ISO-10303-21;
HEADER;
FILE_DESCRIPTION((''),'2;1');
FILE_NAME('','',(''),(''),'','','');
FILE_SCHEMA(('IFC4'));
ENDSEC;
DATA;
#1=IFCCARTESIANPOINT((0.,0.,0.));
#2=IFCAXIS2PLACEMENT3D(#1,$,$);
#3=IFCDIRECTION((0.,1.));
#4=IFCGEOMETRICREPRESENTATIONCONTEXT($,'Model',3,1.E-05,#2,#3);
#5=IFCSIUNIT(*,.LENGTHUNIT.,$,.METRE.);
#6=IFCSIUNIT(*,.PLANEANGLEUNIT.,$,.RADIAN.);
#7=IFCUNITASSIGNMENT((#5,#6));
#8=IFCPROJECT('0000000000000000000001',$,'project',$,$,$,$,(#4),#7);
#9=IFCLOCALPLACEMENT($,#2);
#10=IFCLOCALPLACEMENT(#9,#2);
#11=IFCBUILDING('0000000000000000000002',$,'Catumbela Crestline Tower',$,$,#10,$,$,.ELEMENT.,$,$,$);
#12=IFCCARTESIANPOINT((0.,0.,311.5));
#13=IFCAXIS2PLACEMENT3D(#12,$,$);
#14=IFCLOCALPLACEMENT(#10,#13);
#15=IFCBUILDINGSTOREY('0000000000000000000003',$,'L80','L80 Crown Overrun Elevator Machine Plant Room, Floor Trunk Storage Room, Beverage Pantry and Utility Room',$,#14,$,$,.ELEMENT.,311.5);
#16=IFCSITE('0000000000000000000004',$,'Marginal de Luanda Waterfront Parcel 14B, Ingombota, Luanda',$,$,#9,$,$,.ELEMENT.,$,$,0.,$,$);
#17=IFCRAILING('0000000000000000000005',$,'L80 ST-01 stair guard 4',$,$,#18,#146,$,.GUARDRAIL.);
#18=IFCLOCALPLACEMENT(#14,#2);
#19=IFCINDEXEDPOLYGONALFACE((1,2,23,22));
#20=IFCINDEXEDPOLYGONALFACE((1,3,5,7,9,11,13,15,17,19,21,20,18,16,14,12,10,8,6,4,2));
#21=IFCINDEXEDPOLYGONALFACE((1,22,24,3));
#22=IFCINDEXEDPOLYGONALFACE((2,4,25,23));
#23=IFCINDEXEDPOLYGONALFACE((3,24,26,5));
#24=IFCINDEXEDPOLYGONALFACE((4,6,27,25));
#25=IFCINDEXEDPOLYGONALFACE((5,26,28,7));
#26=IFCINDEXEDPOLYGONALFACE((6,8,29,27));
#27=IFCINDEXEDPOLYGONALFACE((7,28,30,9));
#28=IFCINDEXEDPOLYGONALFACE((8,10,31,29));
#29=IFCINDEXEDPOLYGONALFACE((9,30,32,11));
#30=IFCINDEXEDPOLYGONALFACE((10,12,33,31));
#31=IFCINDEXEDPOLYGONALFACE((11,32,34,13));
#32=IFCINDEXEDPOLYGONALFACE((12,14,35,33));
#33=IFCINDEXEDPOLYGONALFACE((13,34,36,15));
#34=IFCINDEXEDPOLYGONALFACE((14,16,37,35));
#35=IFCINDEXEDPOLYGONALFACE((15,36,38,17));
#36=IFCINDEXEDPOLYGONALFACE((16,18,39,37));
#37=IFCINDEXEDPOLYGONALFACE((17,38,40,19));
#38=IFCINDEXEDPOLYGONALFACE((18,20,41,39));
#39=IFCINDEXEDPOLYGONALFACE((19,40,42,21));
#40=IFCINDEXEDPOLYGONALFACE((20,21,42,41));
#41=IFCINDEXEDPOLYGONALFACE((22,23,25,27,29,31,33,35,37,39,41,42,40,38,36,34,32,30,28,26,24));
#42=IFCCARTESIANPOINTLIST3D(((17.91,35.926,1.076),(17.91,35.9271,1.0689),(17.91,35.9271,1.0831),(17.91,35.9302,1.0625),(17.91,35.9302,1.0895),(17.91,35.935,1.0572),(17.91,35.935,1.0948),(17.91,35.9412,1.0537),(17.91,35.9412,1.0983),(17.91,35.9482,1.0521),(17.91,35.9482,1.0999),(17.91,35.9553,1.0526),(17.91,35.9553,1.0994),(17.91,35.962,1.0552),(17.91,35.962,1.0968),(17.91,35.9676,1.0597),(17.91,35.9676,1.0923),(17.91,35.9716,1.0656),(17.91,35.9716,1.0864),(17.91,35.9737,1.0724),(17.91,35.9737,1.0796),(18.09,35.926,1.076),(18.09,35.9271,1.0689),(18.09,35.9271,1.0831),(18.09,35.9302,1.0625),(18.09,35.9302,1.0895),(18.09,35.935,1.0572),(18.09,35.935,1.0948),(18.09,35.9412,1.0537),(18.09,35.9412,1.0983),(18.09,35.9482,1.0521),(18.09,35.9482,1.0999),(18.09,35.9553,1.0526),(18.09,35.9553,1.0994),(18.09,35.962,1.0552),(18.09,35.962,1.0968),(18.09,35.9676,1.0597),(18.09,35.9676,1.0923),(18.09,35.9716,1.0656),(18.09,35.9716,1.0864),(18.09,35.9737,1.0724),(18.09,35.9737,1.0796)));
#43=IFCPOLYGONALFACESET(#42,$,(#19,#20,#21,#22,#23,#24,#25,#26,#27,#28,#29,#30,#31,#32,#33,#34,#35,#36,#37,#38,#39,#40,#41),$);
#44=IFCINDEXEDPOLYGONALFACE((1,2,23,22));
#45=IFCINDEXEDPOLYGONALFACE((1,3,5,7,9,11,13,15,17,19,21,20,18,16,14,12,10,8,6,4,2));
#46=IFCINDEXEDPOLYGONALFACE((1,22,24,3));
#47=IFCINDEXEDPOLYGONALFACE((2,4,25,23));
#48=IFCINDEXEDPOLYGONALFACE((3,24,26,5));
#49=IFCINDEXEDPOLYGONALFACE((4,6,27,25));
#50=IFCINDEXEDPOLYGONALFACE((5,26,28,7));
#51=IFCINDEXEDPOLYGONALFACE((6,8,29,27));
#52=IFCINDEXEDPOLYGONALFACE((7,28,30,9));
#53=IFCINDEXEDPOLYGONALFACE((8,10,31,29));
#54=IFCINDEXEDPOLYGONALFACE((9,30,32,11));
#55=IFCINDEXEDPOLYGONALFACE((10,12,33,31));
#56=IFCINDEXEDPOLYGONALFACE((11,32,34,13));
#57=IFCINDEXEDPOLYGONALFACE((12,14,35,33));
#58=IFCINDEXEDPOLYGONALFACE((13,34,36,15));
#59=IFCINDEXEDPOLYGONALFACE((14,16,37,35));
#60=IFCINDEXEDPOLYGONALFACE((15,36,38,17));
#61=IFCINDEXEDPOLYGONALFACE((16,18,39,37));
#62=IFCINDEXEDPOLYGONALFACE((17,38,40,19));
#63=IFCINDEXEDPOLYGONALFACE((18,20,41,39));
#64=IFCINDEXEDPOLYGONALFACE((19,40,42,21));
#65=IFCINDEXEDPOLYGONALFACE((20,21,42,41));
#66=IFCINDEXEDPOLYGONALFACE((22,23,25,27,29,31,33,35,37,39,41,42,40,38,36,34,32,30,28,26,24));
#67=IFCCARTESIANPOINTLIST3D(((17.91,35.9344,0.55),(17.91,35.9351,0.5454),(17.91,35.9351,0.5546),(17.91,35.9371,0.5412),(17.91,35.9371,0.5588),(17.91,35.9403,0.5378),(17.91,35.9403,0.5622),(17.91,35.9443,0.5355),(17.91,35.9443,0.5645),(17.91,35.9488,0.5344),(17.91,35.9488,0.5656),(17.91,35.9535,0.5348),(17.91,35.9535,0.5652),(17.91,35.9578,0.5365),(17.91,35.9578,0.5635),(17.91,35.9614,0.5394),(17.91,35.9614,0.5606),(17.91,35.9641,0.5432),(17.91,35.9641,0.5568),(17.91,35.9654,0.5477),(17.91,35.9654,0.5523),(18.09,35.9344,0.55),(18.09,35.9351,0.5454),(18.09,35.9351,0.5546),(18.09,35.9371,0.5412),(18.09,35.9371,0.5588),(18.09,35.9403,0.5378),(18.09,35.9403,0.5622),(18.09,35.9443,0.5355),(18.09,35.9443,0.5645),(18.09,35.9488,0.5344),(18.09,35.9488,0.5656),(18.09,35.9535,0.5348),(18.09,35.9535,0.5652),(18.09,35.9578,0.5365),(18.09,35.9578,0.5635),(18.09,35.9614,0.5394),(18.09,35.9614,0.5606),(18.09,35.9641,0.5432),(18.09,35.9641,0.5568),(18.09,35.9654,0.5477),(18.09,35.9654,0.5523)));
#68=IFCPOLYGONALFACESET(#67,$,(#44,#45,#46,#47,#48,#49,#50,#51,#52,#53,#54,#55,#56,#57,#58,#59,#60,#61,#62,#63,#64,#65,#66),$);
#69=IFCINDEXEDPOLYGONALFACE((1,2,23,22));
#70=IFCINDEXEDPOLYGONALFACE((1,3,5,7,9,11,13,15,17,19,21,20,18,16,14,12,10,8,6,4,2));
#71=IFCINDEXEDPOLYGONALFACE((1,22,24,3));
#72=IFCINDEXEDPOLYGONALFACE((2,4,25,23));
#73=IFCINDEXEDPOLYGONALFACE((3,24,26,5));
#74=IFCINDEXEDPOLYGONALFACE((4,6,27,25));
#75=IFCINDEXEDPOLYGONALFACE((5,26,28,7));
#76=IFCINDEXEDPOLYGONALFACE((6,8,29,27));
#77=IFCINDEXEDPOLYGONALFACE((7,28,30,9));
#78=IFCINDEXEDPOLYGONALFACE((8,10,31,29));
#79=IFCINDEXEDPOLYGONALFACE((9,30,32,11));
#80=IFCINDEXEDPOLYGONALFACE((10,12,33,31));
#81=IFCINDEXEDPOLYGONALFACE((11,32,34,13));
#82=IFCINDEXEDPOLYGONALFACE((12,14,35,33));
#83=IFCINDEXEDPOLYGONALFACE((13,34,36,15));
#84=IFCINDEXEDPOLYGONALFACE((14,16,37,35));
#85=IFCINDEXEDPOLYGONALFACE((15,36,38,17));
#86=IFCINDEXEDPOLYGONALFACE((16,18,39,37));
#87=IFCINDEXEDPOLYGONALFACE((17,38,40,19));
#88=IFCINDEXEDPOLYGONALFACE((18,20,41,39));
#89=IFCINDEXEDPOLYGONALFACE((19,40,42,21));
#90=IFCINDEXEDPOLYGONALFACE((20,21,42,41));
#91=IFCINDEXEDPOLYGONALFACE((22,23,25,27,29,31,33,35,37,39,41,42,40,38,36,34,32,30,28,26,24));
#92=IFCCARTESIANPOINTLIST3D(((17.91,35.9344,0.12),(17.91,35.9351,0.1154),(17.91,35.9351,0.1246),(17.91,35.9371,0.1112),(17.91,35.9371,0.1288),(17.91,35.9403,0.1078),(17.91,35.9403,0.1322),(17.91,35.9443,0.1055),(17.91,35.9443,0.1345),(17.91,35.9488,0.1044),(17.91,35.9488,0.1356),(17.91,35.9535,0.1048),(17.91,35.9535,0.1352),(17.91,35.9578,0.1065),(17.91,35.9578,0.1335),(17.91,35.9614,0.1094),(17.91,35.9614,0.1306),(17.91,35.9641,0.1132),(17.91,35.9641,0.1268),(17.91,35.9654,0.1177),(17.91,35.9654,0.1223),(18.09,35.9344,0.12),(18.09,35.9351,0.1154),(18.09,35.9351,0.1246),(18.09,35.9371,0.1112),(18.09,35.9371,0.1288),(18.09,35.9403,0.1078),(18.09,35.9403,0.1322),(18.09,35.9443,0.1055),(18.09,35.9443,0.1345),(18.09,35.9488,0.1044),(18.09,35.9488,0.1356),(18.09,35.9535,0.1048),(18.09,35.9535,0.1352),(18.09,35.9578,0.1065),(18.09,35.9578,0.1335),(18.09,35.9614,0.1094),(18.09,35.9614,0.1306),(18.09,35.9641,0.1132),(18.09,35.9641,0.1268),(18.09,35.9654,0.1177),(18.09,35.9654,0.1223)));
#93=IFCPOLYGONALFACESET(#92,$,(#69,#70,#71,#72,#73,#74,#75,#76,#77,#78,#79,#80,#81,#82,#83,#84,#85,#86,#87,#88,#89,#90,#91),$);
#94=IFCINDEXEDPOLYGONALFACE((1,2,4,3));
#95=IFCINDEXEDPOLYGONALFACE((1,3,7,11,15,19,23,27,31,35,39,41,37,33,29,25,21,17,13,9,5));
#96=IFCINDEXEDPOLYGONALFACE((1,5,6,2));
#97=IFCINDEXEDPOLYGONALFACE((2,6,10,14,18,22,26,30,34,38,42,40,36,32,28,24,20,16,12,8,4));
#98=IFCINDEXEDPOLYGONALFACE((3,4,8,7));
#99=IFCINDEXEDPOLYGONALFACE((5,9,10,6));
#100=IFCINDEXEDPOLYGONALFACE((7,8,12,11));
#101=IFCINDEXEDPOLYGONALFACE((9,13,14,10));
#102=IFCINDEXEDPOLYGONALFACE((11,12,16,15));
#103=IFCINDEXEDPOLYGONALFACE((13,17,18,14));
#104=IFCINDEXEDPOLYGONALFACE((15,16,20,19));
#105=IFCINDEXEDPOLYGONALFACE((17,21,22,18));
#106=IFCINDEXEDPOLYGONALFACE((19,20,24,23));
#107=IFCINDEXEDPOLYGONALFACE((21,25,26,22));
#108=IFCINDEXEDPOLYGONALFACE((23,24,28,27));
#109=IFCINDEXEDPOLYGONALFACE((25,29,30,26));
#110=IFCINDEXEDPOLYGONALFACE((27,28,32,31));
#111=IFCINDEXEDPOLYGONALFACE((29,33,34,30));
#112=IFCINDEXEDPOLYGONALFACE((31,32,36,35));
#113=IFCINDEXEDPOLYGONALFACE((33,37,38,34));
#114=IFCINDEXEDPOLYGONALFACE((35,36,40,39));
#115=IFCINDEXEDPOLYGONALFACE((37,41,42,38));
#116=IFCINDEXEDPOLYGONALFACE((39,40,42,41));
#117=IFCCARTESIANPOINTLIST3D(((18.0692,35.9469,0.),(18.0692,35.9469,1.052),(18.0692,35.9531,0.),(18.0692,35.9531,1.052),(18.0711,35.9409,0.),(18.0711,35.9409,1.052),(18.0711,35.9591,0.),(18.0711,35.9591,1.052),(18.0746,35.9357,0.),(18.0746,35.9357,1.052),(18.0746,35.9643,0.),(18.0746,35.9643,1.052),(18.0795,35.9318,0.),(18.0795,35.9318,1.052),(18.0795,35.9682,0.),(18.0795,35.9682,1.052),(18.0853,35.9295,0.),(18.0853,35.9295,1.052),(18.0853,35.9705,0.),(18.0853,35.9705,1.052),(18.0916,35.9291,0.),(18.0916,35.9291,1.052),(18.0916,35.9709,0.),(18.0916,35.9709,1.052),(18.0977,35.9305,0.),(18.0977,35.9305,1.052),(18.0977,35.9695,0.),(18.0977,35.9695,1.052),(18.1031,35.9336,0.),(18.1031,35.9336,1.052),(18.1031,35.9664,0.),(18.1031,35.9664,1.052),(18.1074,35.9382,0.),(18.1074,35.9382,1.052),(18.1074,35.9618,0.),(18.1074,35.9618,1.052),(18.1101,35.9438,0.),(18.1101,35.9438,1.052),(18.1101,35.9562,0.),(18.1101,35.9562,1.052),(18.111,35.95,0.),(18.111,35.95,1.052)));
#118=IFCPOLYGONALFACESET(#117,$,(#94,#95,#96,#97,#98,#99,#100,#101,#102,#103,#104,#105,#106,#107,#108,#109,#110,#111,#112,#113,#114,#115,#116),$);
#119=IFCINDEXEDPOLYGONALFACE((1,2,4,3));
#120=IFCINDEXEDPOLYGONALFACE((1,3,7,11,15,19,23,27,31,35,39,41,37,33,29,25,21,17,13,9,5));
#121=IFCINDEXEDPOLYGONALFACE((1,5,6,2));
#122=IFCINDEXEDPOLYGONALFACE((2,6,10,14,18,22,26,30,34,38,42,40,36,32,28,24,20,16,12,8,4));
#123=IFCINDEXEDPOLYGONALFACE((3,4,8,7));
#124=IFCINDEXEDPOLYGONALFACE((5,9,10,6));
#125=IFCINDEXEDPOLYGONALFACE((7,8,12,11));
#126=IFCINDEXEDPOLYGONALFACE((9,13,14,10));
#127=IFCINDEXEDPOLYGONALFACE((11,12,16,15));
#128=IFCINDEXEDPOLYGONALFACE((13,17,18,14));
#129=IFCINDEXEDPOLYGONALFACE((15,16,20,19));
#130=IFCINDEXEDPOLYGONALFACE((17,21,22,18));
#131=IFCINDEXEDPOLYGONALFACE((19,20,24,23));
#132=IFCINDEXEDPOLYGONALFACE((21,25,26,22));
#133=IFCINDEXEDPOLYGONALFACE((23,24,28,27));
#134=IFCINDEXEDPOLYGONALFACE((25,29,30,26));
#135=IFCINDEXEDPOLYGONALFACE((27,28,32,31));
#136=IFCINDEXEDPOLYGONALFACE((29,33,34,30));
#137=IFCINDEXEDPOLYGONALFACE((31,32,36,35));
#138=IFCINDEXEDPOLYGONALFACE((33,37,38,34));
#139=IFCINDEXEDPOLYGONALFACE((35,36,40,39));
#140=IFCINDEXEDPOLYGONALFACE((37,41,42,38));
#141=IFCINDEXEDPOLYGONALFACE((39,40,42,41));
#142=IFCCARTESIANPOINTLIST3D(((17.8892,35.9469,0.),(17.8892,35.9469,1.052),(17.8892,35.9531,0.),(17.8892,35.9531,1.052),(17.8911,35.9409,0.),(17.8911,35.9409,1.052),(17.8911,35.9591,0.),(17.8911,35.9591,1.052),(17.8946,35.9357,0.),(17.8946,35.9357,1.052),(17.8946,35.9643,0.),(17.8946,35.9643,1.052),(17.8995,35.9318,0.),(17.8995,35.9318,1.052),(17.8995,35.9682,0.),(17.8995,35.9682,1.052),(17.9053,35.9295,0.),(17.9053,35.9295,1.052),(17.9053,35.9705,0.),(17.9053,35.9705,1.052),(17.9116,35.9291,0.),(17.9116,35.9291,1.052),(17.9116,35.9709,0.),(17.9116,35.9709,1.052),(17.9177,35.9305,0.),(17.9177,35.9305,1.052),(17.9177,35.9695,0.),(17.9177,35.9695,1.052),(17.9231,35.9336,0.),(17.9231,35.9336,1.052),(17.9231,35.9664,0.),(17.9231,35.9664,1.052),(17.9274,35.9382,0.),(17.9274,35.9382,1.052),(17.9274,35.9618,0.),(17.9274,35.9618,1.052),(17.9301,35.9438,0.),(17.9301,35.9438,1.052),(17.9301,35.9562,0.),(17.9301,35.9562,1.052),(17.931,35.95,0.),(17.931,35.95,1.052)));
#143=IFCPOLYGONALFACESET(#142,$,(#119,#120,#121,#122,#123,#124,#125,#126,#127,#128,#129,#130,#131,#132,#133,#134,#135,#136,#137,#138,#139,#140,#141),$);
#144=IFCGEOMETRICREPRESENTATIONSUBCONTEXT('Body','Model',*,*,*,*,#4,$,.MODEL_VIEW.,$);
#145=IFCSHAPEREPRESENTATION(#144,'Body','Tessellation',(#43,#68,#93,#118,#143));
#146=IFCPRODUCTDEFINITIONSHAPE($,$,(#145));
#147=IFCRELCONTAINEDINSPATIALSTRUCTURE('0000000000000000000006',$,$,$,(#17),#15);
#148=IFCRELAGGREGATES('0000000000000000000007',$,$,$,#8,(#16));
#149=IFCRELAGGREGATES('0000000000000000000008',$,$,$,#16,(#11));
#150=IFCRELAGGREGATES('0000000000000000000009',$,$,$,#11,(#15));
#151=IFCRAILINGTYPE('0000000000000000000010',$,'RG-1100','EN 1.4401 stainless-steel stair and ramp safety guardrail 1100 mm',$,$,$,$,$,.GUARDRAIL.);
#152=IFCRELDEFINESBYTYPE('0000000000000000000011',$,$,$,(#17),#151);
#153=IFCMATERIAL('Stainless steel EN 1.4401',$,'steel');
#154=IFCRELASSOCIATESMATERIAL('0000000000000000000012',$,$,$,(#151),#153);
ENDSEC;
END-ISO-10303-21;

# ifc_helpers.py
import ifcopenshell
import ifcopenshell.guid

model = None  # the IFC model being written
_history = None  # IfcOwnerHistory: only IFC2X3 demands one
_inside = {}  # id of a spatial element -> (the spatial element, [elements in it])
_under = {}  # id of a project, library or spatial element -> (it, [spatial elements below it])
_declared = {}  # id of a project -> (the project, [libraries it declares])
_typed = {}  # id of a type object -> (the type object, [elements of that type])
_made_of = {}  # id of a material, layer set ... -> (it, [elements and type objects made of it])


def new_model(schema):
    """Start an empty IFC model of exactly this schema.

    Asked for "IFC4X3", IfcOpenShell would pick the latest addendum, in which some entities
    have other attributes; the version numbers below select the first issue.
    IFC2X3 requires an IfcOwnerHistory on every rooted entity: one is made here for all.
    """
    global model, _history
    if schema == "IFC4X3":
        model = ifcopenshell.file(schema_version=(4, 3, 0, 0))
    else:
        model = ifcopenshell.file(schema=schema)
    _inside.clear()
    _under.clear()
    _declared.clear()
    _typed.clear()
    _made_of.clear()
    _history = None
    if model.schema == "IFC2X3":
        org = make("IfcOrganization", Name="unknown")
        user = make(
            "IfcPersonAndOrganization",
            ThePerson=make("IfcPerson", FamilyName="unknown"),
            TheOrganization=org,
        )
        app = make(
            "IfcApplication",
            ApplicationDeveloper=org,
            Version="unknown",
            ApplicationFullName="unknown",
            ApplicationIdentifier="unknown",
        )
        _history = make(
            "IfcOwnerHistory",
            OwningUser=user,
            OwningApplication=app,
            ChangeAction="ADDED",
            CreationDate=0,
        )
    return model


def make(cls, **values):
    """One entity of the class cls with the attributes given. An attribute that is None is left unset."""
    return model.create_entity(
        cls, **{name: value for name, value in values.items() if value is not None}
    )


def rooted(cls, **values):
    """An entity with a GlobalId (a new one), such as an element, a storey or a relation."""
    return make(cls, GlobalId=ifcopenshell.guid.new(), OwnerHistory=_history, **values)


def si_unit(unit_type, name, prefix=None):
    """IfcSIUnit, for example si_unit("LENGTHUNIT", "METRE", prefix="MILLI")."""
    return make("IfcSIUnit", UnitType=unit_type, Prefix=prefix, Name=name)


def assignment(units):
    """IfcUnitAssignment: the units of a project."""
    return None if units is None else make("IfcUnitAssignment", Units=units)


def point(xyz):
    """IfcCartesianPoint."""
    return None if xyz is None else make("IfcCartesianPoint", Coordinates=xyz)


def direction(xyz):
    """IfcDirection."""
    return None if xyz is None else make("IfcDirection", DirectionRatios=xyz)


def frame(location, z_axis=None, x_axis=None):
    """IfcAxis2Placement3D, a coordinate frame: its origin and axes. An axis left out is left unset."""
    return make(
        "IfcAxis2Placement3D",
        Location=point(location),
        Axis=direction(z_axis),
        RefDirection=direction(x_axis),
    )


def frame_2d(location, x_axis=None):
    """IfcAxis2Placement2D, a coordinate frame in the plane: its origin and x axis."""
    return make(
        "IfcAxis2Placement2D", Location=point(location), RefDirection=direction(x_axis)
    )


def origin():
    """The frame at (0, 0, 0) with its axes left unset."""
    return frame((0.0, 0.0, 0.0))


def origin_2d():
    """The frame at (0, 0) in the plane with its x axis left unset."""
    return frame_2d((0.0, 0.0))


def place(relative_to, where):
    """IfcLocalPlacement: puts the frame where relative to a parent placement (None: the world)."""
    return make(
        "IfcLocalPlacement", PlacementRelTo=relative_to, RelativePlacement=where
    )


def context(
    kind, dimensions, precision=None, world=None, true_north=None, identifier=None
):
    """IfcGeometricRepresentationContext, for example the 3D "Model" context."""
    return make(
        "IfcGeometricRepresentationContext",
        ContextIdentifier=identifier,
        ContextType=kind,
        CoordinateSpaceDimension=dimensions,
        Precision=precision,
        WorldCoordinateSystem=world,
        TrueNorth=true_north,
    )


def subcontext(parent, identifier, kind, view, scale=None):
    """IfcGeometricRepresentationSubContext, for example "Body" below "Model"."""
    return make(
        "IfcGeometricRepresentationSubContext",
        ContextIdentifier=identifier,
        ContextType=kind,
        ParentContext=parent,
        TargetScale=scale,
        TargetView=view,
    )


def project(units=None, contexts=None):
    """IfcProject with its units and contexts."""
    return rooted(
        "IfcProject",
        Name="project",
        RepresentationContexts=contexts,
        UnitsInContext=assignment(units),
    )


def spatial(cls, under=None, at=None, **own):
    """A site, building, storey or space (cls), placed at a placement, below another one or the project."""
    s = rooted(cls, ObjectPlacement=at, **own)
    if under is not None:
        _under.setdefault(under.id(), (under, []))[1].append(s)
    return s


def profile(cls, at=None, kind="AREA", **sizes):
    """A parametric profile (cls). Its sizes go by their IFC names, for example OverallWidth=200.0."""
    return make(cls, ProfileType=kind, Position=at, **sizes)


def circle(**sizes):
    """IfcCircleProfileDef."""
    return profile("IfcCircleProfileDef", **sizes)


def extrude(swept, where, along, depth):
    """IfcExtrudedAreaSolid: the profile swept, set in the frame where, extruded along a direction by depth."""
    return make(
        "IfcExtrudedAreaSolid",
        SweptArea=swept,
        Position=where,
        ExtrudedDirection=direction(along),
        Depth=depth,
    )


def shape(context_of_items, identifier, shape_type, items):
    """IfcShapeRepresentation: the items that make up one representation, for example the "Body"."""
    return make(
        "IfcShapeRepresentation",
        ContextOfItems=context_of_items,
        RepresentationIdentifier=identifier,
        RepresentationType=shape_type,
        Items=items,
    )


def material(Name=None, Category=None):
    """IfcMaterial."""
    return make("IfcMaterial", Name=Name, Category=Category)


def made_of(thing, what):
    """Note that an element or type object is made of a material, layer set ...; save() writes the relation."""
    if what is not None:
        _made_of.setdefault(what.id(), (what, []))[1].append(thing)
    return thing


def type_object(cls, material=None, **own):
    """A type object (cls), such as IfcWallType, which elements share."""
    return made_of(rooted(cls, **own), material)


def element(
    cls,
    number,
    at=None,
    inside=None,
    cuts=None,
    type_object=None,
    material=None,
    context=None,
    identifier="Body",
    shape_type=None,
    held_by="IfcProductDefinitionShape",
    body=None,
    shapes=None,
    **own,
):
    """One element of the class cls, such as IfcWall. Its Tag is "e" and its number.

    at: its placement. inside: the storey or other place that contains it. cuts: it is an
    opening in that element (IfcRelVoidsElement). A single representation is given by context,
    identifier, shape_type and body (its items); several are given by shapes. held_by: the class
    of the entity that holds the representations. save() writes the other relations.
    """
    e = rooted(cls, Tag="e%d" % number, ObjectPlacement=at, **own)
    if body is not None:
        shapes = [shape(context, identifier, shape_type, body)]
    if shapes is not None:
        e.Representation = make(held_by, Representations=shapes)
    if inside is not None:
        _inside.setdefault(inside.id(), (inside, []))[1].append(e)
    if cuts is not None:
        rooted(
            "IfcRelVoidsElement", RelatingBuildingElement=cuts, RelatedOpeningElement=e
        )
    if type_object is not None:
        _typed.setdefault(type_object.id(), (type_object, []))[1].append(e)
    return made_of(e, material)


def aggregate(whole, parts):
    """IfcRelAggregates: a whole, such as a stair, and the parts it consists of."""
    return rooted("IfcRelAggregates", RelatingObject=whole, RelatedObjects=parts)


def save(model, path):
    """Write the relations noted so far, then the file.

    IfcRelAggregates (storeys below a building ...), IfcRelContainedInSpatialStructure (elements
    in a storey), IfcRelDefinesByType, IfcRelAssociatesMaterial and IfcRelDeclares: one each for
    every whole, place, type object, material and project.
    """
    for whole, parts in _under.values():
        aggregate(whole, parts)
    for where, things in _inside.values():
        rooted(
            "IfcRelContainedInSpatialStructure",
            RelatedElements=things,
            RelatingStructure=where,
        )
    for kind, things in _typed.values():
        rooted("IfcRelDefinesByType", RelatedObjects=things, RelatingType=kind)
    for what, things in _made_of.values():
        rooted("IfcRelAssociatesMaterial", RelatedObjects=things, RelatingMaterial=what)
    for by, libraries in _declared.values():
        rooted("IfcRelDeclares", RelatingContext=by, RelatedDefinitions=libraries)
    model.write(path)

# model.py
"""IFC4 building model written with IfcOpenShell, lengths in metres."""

from ifc_helpers import new_model, si_unit, direction, frame, origin, origin_2d, place, context, subcontext, project, spatial, circle, extrude, material, type_object, element, save


model = new_model("IFC4")

# Units and contexts
model_context = context("Model", 3, precision=1e-05, world=origin(), true_north=direction((0.0, 1.0)))
body_context = subcontext(model_context, "Body", "Model", "MODEL_VIEW")
ifc_project = project(units=[si_unit("LENGTHUNIT", "METRE"), si_unit("PLANEANGLEUNIT", "RADIAN")], contexts=[model_context])

# Site, building, storey
site_placement = place(None, origin())
site = spatial("IfcSite", under=ifc_project, at=site_placement, Name="Marginal de Luanda Waterfront Parcel 14B, Ingombota, Luanda", CompositionType="ELEMENT", RefElevation=0.0)
building_placement = place(site_placement, origin())
building = spatial("IfcBuilding", under=site, at=building_placement, Name="Catumbela Crestline Tower", CompositionType="ELEMENT")
storey_placement = place(building_placement, frame((0.0, 0.0, 311.5)))
storey = spatial("IfcBuildingStorey", under=building, at=storey_placement, Name="L80", Description="L80 Crown Overrun Elevator Machine Plant Room, Floor Trunk Storage Room, Beverage Pantry and Utility Room", CompositionType="ELEMENT", Elevation=311.5)

# Shared definitions
ifc_material_1 = material(Name="Stainless steel EN 1.4401", Category="steel")

# Railing
railing_type_1 = type_object("IfcRailingType", Name="RG-1100", Description="EN 1.4401 stainless-steel stair and ramp safety guardrail 1100 mm", PredefinedType="GUARDRAIL", material=ifc_material_1)
railing_1_placement = place(storey_placement, frame((18.09, 35.95, 0.0)))
element("IfcRailing", 1, at=railing_1_placement, inside=storey, type_object=railing_type_1, Name="L80 ST-01 stair guard 4", PredefinedType="GUARDRAIL", context=body_context, shape_type="SweptSolid", body=[
    extrude(circle(Radius=0.024, at=origin_2d()), frame((0.0, 0.0, 1.076), z_axis=(-1.0, 0.0, 0.0), x_axis=(0.0, -1.0, 0.0)), (0.0, 0.0, 1.0), 0.18),
    extrude(circle(Radius=0.0156, at=origin_2d()), frame((0.0, 0.0, 0.55), z_axis=(-1.0, 0.0, 0.0), x_axis=(0.0, -1.0, 0.0)), (0.0, 0.0, 1.0), 0.18),
    extrude(circle(Radius=0.0156, at=origin_2d()), frame((0.0, 0.0, 0.12), z_axis=(-1.0, 0.0, 0.0), x_axis=(0.0, -1.0, 0.0)), (0.0, 0.0, 1.0), 0.18),
    extrude(circle(Radius=0.021, at=origin_2d()), origin(), (0.0, 0.0, 1.0), 1.052),
    extrude(circle(Radius=0.021, at=origin_2d()), frame((-0.18, 0.0, 0.0)), (0.0, 0.0, 1.0), 1.052),
])

save(model, "model.ifc")
